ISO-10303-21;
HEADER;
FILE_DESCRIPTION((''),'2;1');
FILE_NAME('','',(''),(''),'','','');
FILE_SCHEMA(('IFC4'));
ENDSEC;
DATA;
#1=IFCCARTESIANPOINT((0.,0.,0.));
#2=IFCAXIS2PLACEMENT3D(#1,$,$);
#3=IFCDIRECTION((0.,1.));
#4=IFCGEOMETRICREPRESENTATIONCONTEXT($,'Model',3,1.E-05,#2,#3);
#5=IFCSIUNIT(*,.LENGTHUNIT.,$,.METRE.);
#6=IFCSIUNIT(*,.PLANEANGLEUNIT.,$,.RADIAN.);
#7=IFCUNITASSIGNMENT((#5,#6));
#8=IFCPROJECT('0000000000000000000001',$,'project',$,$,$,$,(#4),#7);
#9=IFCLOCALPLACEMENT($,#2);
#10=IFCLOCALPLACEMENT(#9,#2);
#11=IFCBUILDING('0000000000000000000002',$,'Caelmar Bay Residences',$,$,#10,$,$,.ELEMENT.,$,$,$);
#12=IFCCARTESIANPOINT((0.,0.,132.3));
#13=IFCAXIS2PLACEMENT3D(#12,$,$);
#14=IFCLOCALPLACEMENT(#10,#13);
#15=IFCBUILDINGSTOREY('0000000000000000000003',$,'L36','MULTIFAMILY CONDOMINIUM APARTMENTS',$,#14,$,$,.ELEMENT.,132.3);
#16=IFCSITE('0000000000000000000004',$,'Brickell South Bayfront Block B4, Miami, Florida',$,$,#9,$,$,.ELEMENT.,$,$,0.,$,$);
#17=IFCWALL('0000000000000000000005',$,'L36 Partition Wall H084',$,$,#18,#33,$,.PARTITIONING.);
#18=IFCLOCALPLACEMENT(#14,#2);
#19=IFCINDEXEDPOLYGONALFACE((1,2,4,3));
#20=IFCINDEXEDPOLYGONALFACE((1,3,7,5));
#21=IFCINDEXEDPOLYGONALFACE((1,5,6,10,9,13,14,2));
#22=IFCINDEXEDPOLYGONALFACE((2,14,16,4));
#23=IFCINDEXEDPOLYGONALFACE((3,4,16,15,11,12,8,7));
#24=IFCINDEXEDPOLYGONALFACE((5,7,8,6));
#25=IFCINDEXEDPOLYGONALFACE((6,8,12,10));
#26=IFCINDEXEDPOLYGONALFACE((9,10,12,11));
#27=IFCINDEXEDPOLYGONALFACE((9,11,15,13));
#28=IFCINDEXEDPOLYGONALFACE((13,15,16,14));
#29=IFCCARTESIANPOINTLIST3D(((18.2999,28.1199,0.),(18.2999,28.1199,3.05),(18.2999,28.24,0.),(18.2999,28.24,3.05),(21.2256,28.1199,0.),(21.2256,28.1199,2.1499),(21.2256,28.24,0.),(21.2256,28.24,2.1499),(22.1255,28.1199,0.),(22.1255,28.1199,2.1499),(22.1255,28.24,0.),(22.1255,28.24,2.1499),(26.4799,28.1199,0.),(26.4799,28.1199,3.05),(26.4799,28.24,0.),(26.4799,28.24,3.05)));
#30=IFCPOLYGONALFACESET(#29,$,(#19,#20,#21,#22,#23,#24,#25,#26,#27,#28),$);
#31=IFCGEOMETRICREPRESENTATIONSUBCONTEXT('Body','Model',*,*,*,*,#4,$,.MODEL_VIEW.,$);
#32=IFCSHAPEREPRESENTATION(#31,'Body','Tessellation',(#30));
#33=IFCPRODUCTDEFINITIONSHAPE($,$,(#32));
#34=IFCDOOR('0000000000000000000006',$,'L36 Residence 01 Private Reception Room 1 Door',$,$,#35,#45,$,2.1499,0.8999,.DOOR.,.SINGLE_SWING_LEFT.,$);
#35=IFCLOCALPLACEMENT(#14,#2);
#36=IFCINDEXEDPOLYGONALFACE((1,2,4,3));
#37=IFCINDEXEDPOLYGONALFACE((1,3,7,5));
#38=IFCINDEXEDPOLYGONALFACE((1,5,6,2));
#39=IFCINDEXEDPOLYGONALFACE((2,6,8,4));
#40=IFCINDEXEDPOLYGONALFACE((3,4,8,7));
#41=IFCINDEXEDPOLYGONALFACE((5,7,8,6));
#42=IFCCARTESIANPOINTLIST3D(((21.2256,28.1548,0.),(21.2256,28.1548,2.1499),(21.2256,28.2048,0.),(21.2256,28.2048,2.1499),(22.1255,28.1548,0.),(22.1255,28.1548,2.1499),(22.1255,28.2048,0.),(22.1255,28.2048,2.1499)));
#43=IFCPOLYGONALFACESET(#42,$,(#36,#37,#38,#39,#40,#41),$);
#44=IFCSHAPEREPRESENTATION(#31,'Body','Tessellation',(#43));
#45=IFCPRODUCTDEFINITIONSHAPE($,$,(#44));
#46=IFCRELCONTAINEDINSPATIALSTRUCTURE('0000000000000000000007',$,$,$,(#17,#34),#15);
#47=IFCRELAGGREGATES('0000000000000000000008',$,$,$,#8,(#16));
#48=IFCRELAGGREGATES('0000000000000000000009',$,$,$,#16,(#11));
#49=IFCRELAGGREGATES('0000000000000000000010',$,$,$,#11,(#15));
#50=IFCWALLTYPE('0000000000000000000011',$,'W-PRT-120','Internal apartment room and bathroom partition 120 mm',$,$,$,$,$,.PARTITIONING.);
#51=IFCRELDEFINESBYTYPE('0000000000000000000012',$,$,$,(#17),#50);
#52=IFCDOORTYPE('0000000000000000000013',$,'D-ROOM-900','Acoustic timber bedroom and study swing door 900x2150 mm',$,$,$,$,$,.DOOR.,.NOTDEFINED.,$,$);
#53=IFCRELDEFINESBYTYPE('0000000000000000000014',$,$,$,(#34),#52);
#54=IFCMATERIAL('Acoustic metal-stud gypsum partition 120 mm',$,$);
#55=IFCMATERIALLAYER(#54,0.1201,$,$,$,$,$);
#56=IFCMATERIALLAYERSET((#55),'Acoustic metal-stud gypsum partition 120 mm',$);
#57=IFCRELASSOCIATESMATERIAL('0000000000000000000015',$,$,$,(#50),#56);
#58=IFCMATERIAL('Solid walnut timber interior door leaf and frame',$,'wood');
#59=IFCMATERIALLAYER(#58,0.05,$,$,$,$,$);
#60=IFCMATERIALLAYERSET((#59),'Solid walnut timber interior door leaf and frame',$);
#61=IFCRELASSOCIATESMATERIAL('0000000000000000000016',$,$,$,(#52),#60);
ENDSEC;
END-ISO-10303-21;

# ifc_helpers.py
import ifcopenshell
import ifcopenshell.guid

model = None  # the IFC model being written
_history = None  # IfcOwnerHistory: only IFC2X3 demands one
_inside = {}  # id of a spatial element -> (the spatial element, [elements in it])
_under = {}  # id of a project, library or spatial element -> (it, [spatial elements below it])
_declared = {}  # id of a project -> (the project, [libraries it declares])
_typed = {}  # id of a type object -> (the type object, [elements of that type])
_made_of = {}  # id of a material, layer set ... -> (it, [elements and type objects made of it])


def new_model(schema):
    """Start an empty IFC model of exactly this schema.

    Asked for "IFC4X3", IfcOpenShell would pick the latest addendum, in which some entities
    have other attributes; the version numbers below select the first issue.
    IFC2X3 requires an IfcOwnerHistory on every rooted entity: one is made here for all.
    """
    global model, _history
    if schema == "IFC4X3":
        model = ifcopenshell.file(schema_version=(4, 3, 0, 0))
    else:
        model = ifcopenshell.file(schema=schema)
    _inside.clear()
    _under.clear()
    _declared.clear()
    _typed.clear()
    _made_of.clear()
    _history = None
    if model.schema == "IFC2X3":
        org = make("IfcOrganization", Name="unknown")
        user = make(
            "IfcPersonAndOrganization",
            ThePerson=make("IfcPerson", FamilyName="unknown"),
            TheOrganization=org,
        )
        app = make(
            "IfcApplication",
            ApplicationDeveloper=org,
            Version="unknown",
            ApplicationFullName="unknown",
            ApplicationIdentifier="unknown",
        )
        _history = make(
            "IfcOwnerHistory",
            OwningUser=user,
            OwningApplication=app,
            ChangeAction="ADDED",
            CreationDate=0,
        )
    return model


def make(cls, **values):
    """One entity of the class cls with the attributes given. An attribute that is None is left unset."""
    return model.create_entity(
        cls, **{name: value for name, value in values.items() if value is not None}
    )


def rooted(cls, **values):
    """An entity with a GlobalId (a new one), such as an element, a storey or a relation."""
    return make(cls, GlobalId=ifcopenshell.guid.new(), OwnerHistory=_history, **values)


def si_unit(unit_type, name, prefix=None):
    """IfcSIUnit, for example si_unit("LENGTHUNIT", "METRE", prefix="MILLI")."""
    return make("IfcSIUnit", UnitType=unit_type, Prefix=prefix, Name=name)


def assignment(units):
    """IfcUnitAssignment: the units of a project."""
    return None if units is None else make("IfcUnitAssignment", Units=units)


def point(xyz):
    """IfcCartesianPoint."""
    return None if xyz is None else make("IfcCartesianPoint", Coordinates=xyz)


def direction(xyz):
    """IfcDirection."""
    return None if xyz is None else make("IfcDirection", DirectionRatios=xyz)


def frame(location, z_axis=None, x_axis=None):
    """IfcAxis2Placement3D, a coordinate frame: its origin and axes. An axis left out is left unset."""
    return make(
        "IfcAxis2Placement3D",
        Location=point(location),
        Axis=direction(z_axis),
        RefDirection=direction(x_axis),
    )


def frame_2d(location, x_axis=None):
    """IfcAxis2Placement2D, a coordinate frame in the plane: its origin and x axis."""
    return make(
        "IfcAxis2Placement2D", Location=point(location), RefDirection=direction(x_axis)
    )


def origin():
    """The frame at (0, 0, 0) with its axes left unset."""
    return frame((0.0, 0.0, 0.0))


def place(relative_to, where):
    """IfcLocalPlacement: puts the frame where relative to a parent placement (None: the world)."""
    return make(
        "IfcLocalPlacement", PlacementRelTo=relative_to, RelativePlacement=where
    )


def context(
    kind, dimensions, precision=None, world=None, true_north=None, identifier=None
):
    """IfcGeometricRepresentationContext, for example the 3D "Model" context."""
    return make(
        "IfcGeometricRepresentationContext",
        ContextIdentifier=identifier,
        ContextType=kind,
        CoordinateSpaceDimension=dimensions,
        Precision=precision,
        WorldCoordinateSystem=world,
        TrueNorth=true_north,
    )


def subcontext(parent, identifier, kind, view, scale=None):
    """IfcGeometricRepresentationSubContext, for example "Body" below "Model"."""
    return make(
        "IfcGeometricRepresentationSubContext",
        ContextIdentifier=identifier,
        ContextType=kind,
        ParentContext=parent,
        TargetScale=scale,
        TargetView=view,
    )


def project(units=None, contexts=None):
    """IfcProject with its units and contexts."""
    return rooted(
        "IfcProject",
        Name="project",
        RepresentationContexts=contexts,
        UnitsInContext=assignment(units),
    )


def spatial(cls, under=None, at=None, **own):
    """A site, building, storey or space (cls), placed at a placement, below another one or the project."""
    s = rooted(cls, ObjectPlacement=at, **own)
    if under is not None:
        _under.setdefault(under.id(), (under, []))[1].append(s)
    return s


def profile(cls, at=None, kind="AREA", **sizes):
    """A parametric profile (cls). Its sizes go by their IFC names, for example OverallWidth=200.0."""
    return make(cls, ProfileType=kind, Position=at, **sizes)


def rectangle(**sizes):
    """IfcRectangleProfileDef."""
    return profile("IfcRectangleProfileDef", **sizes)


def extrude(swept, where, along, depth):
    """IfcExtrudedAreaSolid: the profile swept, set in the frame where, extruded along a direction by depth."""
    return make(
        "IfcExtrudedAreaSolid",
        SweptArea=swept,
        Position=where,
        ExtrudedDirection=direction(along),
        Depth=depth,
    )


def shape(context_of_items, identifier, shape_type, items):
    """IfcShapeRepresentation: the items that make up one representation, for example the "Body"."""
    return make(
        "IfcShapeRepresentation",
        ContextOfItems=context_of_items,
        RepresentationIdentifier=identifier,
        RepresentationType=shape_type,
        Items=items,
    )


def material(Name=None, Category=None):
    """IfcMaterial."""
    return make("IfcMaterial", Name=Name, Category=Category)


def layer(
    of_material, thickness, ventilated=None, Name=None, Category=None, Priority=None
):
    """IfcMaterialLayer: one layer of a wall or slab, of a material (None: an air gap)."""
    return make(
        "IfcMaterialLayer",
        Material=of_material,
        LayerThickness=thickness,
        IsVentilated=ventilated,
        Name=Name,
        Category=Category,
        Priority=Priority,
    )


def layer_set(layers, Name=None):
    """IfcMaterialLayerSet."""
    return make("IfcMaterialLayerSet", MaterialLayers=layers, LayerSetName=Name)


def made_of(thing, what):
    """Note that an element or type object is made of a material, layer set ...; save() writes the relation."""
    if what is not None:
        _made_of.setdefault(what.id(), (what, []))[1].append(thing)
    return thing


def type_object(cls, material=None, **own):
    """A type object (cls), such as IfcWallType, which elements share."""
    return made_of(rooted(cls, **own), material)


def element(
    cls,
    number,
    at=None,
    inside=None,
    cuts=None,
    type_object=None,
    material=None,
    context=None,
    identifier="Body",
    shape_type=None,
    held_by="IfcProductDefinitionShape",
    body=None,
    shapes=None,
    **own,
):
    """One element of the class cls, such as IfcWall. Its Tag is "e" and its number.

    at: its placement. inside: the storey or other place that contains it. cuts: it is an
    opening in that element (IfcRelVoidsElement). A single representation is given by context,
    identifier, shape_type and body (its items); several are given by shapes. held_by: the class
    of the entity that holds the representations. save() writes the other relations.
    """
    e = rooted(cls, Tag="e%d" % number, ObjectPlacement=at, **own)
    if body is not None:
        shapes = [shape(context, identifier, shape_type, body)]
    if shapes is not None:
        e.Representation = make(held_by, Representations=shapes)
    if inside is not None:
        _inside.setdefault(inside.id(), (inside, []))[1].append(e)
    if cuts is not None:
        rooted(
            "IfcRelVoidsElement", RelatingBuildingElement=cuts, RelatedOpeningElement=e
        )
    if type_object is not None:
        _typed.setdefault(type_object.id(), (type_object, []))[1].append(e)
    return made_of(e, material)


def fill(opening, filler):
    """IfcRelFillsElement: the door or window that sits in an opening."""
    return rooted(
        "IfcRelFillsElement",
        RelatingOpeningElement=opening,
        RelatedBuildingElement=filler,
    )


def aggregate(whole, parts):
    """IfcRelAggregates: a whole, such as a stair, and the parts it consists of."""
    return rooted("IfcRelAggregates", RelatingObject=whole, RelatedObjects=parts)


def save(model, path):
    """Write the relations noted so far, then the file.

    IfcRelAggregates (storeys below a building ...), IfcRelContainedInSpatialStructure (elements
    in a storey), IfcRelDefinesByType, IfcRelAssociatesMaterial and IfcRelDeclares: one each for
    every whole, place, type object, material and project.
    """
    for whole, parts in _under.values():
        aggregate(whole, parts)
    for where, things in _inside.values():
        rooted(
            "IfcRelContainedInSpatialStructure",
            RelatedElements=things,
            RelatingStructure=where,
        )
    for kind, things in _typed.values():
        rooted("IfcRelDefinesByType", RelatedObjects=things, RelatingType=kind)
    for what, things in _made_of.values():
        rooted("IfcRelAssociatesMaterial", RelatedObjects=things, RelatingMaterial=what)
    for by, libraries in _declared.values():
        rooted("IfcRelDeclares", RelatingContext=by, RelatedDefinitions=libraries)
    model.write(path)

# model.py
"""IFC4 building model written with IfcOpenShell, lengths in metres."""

from ifc_helpers import new_model, si_unit, direction, frame, frame_2d, origin, place, context, subcontext, project, spatial, rectangle, extrude, material, layer, layer_set, type_object, element, fill, save


model = new_model("IFC4")

# Units and contexts
model_context = context("Model", 3, precision=1e-05, world=origin(), true_north=direction((0.0, 1.0)))
body_context = subcontext(model_context, "Body", "Model", "MODEL_VIEW")
ifc_project = project(units=[si_unit("LENGTHUNIT", "METRE"), si_unit("PLANEANGLEUNIT", "RADIAN")], contexts=[model_context])

# Site, building, storey
site_placement = place(None, origin())
site = spatial("IfcSite", under=ifc_project, at=site_placement, Name="Brickell South Bayfront Block B4, Miami, Florida", CompositionType="ELEMENT", RefElevation=0.0)
building_placement = place(site_placement, origin())
building = spatial("IfcBuilding", under=site, at=building_placement, Name="Caelmar Bay Residences", CompositionType="ELEMENT")
storey_placement = place(building_placement, frame((0.0, 0.0, 132.3)))
storey = spatial("IfcBuildingStorey", under=building, at=storey_placement, Name="L36", Description="MULTIFAMILY CONDOMINIUM APARTMENTS", CompositionType="ELEMENT", Elevation=132.3)

# Shared definitions
ifc_material_1 = material(Name="Acoustic metal-stud gypsum partition 120 mm")
ifc_layer_1 = layer(ifc_material_1, 0.1201)
ifc_layer_set_1 = layer_set([ifc_layer_1], Name="Acoustic metal-stud gypsum partition 120 mm")
wall_type_1 = type_object("IfcWallType", Name="W-PRT-120", Description="Internal apartment room and bathroom partition 120 mm", PredefinedType="PARTITIONING", material=ifc_layer_set_1)

# Wall, opening, door
ifc_material_2 = material(Name="Solid walnut timber interior door leaf and frame", Category="wood")
ifc_layer_2 = layer(ifc_material_2, 0.05)
ifc_layer_set_2 = layer_set([ifc_layer_2], Name="Solid walnut timber interior door leaf and frame")
door_type_1 = type_object("IfcDoorType", Name="D-ROOM-900", Description="Acoustic timber bedroom and study swing door 900x2150 mm", OperationType="NOTDEFINED", PredefinedType="DOOR", material=ifc_layer_set_2)
wall_1_placement = place(storey_placement, frame((18.3, 28.1799, 0.0), z_axis=(0.0, 0.0, 1.0), x_axis=(1.0, 0.0, 0.0)))
wall_1 = element("IfcWall", 1, at=wall_1_placement, inside=storey, type_object=wall_type_1, Name="L36 Partition Wall H084", PredefinedType="PARTITIONING", context=body_context, shape_type="SweptSolid", body=[
    extrude(rectangle(XDim=8.1799, YDim=0.1201, at=frame_2d((4.0898, 0.0))), origin(), (0.0, 0.0, 1.0), 3.05),
])
opening_1_placement = place(wall_1_placement, frame((2.9255, 0.0, 0.0)))
opening_1 = element("IfcOpeningElement", 2, at=opening_1_placement, cuts=wall_1, PredefinedType="OPENING", context=body_context, shape_type="SweptSolid", body=[
    extrude(rectangle(XDim=0.8999, YDim=2.1499, at=frame_2d((0.45, 1.075))), frame((0.0, 0.0701, 0.0), z_axis=(0.0, -1.0, 0.0), x_axis=(1.0, 0.0, 0.0)), (0.0, 0.0, 1.0), 0.1401),
])
door_1_placement = place(opening_1_placement, origin())
door_1 = element("IfcDoor", 3, at=door_1_placement, inside=storey, type_object=door_type_1, Name="L36 Residence 01 Private Reception Room 1 Door", OperationType="SINGLE_SWING_LEFT", OverallHeight=2.1499, OverallWidth=0.8999, PredefinedType="DOOR", context=body_context, shape_type="SweptSolid", body=[
    extrude(rectangle(XDim=0.8999, YDim=2.1499, at=frame_2d((0.45, 1.075))), frame((0.0, 0.0249, 0.0), z_axis=(0.0, -1.0, 0.0), x_axis=(1.0, 0.0, 0.0)), (0.0, 0.0, 1.0), 0.05),
])
fill(opening_1, door_1)

save(model, "model.ifc")
